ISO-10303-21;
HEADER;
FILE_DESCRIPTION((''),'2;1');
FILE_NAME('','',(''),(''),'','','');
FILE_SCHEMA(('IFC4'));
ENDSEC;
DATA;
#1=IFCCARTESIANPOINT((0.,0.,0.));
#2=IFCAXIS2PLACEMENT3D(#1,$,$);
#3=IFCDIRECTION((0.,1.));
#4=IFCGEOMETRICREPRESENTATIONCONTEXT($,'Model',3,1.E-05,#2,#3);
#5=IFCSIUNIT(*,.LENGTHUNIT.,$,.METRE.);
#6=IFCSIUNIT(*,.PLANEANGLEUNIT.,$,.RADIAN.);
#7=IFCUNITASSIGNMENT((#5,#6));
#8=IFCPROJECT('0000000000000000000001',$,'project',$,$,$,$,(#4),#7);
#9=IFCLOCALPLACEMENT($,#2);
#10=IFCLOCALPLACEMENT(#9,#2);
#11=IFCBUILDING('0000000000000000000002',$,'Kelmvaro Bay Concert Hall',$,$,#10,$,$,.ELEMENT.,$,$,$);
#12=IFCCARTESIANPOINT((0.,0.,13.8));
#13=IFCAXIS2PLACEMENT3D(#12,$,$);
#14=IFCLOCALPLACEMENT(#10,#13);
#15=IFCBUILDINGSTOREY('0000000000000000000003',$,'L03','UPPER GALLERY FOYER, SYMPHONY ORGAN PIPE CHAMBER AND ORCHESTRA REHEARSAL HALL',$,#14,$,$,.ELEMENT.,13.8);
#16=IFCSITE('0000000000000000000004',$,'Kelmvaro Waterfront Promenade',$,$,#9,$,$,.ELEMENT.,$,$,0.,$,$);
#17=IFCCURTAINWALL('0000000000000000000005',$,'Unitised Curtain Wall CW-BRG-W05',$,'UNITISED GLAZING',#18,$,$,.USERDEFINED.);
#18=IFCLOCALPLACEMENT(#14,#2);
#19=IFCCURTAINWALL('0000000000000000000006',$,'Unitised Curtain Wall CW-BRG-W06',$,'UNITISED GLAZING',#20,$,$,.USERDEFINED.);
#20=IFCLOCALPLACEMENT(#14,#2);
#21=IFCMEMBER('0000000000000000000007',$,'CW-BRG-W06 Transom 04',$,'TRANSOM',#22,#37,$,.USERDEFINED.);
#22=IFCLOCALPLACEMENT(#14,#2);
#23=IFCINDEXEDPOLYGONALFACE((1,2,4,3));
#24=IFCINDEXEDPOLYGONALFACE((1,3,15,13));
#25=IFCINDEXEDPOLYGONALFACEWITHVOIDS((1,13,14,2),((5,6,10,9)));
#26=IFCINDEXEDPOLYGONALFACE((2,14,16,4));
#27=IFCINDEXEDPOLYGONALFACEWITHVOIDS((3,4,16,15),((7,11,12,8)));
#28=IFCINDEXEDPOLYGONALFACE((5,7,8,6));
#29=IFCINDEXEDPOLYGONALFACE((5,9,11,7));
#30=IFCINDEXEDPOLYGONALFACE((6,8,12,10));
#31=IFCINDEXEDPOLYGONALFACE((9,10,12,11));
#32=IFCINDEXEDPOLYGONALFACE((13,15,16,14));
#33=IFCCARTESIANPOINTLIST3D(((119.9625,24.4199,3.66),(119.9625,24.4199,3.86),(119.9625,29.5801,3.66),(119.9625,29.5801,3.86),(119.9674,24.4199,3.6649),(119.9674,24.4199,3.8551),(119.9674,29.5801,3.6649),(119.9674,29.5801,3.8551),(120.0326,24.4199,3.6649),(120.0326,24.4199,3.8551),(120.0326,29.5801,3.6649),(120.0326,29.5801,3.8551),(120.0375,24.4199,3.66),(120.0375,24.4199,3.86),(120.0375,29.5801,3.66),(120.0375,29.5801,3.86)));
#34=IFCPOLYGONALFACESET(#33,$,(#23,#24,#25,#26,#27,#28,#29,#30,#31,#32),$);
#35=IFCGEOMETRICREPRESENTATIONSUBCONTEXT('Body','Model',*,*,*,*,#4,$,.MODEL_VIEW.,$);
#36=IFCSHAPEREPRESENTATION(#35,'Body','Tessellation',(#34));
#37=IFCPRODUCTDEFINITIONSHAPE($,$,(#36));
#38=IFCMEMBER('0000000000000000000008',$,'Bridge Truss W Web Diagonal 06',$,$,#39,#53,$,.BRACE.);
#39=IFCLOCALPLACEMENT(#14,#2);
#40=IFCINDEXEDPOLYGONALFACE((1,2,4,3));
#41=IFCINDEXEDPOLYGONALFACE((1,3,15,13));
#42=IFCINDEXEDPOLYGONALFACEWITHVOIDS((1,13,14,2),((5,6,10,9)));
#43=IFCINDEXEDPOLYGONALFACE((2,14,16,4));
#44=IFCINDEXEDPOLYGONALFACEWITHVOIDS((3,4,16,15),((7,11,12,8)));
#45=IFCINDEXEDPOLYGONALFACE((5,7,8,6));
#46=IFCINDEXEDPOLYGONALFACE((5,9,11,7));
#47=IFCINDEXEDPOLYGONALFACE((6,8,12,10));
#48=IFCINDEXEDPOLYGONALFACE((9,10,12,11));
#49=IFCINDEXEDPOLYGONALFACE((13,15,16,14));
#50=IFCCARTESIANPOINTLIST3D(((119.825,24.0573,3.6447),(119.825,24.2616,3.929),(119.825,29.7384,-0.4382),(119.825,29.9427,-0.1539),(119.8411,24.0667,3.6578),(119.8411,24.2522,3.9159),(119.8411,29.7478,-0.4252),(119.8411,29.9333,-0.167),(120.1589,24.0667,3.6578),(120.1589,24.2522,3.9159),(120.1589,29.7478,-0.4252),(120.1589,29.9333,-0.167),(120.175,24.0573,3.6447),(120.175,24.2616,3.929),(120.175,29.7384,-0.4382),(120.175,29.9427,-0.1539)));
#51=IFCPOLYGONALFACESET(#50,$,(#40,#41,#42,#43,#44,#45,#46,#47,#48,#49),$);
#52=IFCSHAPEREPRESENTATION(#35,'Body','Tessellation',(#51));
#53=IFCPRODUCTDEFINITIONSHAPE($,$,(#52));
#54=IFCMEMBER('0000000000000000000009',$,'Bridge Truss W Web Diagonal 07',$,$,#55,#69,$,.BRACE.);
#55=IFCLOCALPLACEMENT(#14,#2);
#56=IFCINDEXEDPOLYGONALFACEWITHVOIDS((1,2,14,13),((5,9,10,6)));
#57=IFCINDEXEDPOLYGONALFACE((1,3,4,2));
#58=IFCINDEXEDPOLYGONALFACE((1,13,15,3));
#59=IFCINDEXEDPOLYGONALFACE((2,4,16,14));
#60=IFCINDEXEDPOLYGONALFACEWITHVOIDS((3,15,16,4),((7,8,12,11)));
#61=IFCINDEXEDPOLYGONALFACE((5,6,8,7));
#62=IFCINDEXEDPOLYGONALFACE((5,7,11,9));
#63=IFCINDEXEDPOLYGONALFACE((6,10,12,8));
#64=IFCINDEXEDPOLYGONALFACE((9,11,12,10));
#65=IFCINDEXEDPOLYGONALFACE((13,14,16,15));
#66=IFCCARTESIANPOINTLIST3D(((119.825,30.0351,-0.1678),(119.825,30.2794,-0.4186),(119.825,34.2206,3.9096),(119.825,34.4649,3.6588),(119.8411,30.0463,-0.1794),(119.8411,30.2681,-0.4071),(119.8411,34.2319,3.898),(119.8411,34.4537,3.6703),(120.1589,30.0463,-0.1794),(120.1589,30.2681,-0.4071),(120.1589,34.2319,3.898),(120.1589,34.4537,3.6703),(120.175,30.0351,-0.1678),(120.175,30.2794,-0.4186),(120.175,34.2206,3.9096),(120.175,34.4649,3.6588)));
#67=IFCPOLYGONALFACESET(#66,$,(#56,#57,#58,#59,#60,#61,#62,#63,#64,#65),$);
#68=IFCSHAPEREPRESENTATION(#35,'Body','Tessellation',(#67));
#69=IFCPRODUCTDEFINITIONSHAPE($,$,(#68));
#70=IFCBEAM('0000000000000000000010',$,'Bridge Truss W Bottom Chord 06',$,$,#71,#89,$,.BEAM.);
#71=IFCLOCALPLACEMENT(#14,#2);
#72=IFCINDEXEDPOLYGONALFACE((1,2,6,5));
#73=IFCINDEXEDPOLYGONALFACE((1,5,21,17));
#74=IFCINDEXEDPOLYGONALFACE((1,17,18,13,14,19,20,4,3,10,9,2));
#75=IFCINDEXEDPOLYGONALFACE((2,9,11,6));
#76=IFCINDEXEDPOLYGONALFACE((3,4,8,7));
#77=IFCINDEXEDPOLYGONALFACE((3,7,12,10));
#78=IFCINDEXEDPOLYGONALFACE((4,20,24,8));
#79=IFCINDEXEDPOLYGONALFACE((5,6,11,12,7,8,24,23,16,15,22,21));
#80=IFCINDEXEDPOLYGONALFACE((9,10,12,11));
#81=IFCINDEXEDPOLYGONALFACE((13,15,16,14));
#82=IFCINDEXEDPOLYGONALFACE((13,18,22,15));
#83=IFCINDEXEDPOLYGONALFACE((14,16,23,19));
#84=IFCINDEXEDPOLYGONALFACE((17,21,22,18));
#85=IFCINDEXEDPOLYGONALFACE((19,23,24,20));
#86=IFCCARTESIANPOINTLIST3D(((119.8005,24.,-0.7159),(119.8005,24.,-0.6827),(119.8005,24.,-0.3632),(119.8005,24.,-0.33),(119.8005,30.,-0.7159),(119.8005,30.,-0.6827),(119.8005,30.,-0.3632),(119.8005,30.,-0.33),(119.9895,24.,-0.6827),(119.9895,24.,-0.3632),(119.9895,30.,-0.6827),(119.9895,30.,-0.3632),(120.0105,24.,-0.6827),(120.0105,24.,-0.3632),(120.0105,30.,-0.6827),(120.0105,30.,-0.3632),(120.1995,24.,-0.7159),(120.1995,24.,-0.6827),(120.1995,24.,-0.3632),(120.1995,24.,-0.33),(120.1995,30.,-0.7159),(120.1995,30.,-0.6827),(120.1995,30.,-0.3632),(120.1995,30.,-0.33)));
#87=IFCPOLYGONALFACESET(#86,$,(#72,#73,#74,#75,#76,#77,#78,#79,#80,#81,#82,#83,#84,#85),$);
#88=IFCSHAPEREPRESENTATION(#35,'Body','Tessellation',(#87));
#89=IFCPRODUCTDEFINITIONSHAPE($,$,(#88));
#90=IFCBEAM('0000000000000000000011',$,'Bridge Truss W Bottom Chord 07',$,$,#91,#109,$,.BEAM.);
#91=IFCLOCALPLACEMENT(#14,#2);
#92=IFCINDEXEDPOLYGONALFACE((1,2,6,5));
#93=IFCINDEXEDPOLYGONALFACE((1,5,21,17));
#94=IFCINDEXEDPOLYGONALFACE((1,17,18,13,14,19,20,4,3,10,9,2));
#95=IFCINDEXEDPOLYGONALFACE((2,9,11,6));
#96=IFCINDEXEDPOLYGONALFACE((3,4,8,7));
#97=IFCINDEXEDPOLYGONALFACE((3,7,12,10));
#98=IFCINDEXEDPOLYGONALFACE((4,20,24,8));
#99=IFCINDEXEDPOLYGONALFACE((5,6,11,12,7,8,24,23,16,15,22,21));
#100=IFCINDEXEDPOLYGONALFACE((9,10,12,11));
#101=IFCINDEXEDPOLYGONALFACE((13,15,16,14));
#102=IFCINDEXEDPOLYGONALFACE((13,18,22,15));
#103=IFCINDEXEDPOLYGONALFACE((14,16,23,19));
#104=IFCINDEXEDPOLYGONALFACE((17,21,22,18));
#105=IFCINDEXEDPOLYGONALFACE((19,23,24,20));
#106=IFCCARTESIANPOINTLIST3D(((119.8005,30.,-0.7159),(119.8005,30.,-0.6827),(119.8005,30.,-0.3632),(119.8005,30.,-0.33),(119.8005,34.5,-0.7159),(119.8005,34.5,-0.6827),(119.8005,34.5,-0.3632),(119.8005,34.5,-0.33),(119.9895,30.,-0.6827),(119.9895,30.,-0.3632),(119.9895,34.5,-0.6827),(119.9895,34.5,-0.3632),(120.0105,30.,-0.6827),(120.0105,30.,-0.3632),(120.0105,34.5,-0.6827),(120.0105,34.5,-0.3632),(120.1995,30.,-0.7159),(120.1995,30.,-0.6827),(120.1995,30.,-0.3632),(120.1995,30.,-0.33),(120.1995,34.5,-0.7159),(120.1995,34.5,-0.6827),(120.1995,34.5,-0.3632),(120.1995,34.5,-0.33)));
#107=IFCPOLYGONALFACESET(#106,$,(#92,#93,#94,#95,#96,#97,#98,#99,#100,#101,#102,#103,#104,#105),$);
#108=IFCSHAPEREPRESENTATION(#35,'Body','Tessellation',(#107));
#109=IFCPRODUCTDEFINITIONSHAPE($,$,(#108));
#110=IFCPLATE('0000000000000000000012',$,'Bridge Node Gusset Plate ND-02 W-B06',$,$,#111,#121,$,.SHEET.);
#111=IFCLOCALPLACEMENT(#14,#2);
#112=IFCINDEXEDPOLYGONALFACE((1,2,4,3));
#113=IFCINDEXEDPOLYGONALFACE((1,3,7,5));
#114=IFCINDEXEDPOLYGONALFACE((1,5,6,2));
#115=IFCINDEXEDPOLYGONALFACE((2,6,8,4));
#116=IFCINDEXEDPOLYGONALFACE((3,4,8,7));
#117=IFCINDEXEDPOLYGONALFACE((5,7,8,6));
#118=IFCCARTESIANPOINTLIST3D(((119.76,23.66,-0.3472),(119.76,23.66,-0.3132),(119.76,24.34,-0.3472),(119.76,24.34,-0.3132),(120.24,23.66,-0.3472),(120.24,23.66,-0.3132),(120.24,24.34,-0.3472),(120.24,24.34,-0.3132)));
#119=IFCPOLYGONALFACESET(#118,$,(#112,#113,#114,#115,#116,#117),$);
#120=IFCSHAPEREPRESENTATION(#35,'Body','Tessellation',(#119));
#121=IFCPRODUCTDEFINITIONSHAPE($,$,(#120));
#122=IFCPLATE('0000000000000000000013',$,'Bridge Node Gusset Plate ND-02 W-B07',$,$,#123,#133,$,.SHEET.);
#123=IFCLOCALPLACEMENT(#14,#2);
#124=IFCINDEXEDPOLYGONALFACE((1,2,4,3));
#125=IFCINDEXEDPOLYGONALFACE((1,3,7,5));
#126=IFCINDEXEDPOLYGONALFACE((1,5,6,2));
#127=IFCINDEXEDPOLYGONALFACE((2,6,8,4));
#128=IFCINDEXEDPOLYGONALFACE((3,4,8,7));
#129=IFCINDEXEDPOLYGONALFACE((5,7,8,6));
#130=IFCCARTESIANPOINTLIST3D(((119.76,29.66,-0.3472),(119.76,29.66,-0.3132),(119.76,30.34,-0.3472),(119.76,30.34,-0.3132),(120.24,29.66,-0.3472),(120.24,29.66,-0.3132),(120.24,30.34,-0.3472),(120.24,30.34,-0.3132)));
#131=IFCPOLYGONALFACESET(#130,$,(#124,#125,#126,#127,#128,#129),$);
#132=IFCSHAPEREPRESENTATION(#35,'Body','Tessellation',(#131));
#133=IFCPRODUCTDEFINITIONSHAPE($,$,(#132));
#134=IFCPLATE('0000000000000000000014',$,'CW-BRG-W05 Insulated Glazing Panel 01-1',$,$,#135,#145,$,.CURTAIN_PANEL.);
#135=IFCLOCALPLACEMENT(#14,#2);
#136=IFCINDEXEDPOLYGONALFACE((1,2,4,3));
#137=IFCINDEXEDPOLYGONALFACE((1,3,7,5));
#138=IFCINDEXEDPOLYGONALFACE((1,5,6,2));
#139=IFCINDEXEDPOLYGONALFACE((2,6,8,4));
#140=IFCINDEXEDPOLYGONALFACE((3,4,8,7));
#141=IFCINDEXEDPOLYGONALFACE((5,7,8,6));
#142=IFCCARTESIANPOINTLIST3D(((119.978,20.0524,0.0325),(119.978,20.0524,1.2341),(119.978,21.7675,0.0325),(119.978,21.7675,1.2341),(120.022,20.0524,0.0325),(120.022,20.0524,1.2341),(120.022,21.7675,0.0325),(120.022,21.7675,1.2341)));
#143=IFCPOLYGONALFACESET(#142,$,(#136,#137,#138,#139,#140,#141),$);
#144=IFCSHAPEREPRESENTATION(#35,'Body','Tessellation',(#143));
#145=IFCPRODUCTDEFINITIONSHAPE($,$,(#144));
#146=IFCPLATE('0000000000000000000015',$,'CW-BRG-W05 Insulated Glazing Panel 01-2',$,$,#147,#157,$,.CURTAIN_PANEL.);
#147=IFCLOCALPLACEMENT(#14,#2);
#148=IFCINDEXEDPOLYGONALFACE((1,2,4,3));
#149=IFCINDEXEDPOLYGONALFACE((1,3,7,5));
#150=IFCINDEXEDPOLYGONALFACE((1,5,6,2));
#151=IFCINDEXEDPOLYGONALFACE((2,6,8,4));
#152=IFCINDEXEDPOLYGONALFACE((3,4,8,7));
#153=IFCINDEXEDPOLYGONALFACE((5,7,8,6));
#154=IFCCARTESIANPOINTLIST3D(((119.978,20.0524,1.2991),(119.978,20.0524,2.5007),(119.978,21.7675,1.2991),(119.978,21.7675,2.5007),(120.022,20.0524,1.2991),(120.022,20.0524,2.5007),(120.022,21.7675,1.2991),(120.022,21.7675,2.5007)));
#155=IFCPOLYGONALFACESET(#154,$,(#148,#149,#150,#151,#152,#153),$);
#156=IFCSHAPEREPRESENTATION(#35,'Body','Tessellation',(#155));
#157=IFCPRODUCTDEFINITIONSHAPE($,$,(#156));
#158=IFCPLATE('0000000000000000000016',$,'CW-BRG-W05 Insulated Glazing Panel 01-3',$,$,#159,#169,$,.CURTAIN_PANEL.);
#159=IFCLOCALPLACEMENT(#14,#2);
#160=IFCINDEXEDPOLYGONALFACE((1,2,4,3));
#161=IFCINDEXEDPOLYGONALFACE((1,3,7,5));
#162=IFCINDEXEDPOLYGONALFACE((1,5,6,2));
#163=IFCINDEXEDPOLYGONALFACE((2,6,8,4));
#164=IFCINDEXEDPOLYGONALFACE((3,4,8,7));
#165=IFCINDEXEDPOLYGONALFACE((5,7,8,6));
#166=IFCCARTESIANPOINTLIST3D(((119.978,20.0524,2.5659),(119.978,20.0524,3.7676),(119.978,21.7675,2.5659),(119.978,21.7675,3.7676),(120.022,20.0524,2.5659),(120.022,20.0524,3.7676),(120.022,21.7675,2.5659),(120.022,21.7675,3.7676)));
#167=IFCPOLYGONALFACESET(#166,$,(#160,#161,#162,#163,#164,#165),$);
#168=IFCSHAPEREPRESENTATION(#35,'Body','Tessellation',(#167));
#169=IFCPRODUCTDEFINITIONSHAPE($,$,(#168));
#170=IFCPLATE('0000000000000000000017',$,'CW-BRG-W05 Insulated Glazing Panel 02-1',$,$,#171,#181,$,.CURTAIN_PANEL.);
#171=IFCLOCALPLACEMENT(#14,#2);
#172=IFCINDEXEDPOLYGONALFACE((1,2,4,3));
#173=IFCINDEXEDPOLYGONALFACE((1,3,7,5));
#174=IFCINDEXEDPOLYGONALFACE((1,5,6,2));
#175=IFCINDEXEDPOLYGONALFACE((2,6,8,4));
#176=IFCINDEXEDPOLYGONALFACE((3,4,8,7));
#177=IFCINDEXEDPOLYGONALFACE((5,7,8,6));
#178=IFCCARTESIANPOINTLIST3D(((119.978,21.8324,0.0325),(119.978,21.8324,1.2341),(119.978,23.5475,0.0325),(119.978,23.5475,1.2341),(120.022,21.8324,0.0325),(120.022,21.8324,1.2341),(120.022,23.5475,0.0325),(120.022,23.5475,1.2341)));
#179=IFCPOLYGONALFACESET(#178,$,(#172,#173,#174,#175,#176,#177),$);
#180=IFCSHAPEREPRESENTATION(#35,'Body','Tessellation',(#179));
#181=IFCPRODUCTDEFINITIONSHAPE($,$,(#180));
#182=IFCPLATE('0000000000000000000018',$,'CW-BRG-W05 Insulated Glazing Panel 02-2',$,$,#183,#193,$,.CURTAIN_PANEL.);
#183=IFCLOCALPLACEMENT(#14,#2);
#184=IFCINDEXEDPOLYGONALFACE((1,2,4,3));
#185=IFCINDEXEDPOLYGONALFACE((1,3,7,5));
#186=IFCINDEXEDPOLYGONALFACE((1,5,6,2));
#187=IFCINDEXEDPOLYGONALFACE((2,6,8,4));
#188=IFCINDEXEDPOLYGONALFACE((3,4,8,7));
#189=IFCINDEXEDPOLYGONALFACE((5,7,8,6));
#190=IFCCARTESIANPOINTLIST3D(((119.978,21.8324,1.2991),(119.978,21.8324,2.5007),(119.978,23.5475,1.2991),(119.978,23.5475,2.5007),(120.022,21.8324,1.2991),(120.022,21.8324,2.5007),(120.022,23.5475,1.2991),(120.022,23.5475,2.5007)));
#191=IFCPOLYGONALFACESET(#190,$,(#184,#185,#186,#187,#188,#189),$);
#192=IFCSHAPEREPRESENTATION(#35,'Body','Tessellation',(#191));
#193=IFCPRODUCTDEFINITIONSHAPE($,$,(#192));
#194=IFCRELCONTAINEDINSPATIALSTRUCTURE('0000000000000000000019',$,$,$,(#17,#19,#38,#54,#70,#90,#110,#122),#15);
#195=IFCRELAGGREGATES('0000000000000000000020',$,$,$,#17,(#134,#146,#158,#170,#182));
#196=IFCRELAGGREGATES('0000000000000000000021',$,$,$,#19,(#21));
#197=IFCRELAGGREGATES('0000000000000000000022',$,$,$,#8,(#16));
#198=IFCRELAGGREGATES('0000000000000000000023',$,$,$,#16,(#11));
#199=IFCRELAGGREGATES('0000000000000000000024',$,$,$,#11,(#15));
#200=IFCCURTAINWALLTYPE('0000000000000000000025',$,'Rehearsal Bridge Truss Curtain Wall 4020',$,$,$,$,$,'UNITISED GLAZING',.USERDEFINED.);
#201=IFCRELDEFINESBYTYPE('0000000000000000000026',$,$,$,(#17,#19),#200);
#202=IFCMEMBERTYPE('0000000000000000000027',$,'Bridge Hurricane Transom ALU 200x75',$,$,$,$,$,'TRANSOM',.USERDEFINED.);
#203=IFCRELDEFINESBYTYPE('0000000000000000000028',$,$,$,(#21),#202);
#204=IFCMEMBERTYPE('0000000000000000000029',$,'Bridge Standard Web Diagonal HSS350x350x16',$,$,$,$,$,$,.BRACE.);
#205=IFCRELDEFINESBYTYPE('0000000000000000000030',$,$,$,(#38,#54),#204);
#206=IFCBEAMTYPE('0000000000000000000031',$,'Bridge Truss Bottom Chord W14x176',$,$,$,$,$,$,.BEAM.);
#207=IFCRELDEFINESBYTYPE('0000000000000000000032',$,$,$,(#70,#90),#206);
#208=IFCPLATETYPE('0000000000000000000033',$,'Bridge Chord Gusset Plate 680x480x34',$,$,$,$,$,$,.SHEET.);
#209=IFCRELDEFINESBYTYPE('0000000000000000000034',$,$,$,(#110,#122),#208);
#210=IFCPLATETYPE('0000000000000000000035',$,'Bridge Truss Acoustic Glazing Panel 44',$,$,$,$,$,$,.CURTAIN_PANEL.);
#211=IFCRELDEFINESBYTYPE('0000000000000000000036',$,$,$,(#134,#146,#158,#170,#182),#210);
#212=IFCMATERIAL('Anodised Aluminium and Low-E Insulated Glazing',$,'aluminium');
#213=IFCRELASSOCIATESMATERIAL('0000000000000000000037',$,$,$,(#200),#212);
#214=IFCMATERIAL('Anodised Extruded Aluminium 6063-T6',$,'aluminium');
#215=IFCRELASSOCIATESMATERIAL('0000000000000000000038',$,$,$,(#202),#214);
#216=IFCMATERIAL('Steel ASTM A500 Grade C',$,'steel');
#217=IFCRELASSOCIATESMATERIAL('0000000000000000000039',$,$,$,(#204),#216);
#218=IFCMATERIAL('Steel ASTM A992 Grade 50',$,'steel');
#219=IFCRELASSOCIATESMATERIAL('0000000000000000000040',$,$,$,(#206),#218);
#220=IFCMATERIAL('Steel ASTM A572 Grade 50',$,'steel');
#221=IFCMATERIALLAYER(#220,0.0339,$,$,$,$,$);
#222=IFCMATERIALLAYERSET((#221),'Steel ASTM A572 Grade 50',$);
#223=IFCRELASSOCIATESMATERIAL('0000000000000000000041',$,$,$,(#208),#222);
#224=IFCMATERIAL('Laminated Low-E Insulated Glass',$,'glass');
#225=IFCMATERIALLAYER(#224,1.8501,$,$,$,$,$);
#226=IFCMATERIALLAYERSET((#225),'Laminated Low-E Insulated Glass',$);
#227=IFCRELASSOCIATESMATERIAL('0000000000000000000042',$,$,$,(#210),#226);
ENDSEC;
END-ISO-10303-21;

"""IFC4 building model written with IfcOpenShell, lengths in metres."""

from ifc_helpers import new_model, si_unit, direction, frame, origin, origin_2d, place, context, subcontext, project, spatial, rectangle, hollow_rectangle, i_section, extrude, material, layer, layer_set, material_profile, profile_set, type_object, element, aggregate, save


model = new_model("IFC4")

# Units and contexts
model_context = context("Model", 3, precision=1e-05, world=origin(), true_north=direction((0.0, 1.0)))
body_context = subcontext(model_context, "Body", "Model", "MODEL_VIEW")
ifc_project = project(units=[si_unit("LENGTHUNIT", "METRE"), si_unit("PLANEANGLEUNIT", "RADIAN")], contexts=[model_context])

# Site, building, storey
site_placement = place(None, origin())
site = spatial("IfcSite", under=ifc_project, at=site_placement, Name="Kelmvaro Waterfront Promenade", CompositionType="ELEMENT", RefElevation=0.0)
building_placement = place(site_placement, origin())
building = spatial("IfcBuilding", under=site, at=building_placement, Name="Kelmvaro Bay Concert Hall", CompositionType="ELEMENT")
storey_placement = place(building_placement, frame((0.0, 0.0, 13.8)))
storey = spatial("IfcBuildingStorey", under=building, at=storey_placement, Name="L03", Description="UPPER GALLERY FOYER, SYMPHONY ORGAN PIPE CHAMBER AND ORCHESTRA REHEARSAL HALL", CompositionType="ELEMENT", Elevation=13.8)

# Curtain walls, member
ifc_material_1 = material(Name="Anodised Aluminium and Low-E Insulated Glazing", Category="aluminium")
curtain_wall_type = type_object("IfcCurtainWallType", Name="Rehearsal Bridge Truss Curtain Wall 4020", ElementType="UNITISED GLAZING", PredefinedType="USERDEFINED", material=ifc_material_1)
curtain_wall_1_placement = place(storey_placement, origin())
curtain_wall_1 = element("IfcCurtainWall", 1, at=curtain_wall_1_placement, inside=storey, type_object=curtain_wall_type, Name="Unitised Curtain Wall CW-BRG-W05", ObjectType="UNITISED GLAZING", PredefinedType="USERDEFINED")
curtain_wall_2_placement = place(storey_placement, origin())
curtain_wall_2 = element("IfcCurtainWall", 2, at=curtain_wall_2_placement, inside=storey, type_object=curtain_wall_type, Name="Unitised Curtain Wall CW-BRG-W06", ObjectType="UNITISED GLAZING", PredefinedType="USERDEFINED")
ifc_material_2 = material(Name="Anodised Extruded Aluminium 6063-T6", Category="aluminium")
ifc_material_profile_1 = material_profile(ifc_material_2, hollow_rectangle(XDim=0.075, YDim=0.2, WallThickness=0.0049, at=origin_2d()), Name="ALU-TRN-200X75")
ifc_profile_set_1 = profile_set([ifc_material_profile_1], Name="Anodised Extruded Aluminium 6063-T6")
member_type_1 = type_object("IfcMemberType", Name="Bridge Hurricane Transom ALU 200x75", ElementType="TRANSOM", PredefinedType="USERDEFINED", material=ifc_profile_set_1)
member_1_placement = place(storey_placement, frame((120.0, 24.4199, 3.76), z_axis=(0.0, 1.0, 0.0), x_axis=(-1.0, 0.0, 0.0)))
member_1 = element("IfcMember", 3, at=member_1_placement, type_object=member_type_1, Name="CW-BRG-W06 Transom 04", ObjectType="TRANSOM", PredefinedType="USERDEFINED", context=body_context, shape_type="SweptSolid", body=[
    extrude(hollow_rectangle(XDim=0.075, YDim=0.2, WallThickness=0.0049, at=origin_2d()), origin(), (0.0, 0.0, 1.0), 5.1602),
])

# Members
ifc_material_3 = material(Name="Steel ASTM A500 Grade C", Category="steel")
ifc_material_profile_2 = material_profile(ifc_material_3, hollow_rectangle(XDim=0.3501, YDim=0.3501, WallThickness=0.0161, at=origin_2d()), Name="HSS350X350X16")
ifc_profile_set_2 = profile_set([ifc_material_profile_2], Name="Steel ASTM A500 Grade C")
member_type_2 = type_object("IfcMemberType", Name="Bridge Standard Web Diagonal HSS350x350x16", PredefinedType="BRACE", material=ifc_profile_set_2)
member_2_placement = place(storey_placement, frame((120.0, 24.1594, 3.7869), z_axis=(0.0, 0.812037, -0.583606), x_axis=(-1.0, 0.0, 0.0)))
element("IfcMember", 4, at=member_2_placement, inside=storey, type_object=member_type_2, Name="Bridge Truss W Web Diagonal 06", PredefinedType="BRACE", context=body_context, shape_type="SweptSolid", body=[
    extrude(hollow_rectangle(XDim=0.3501, YDim=0.3501, WallThickness=0.0161, at=origin_2d()), origin(), (0.0, 0.0, 1.0), 6.9961),
])
member_3_placement = place(storey_placement, frame((120.0, 30.1572, -0.2932), z_axis=(0.0, 0.716301, 0.697792), x_axis=(-1.0, 0.0, 0.0)))
element("IfcMember", 5, at=member_3_placement, inside=storey, type_object=member_type_2, Name="Bridge Truss W Web Diagonal 07", PredefinedType="BRACE", context=body_context, shape_type="SweptSolid", body=[
    extrude(hollow_rectangle(XDim=0.3501, YDim=0.3501, WallThickness=0.0161, at=origin_2d()), origin(), (0.0, 0.0, 1.0), 5.8433),
])

# Beams
ifc_material_4 = material(Name="Steel ASTM A992 Grade 50", Category="steel")
ifc_material_profile_3 = material_profile(ifc_material_4, i_section(OverallWidth=0.3989, OverallDepth=0.386, WebThickness=0.021, FlangeThickness=0.0332, at=origin_2d()), Name="W14X176")
ifc_profile_set_3 = profile_set([ifc_material_profile_3], Name="Steel ASTM A992 Grade 50")
beam_type = type_object("IfcBeamType", Name="Bridge Truss Bottom Chord W14x176", PredefinedType="BEAM", material=ifc_profile_set_3)
beam_1_placement = place(storey_placement, frame((120.0, 24.0, -0.5229), z_axis=(0.0, 1.0, 0.0), x_axis=(-1.0, 0.0, 0.0)))
element("IfcBeam", 6, at=beam_1_placement, inside=storey, type_object=beam_type, Name="Bridge Truss W Bottom Chord 06", PredefinedType="BEAM", context=body_context, shape_type="SweptSolid", body=[
    extrude(i_section(OverallWidth=0.3989, OverallDepth=0.386, WebThickness=0.021, FlangeThickness=0.0332, at=origin_2d()), origin(), (0.0, 0.0, 1.0), 6.0),
])
beam_2_placement = place(storey_placement, frame((120.0, 30.0, -0.5229), z_axis=(0.0, 1.0, 0.0), x_axis=(-1.0, 0.0, 0.0)))
element("IfcBeam", 7, at=beam_2_placement, inside=storey, type_object=beam_type, Name="Bridge Truss W Bottom Chord 07", PredefinedType="BEAM", context=body_context, shape_type="SweptSolid", body=[
    extrude(i_section(OverallWidth=0.3989, OverallDepth=0.386, WebThickness=0.021, FlangeThickness=0.0332, at=origin_2d()), origin(), (0.0, 0.0, 1.0), 4.5),
])

# Plates
ifc_material_5 = material(Name="Steel ASTM A572 Grade 50", Category="steel")
ifc_layer_1 = layer(ifc_material_5, 0.0339)
ifc_layer_set_1 = layer_set([ifc_layer_1], Name="Steel ASTM A572 Grade 50")
plate_type_1 = type_object("IfcPlateType", Name="Bridge Chord Gusset Plate 680x480x34", PredefinedType="SHEET", material=ifc_layer_set_1)
for number, where, z_axis, x_axis, name in (
    (8, (120.0, 24.0, -0.3472), (0.0, 0.0, 1.0), (0.0, 1.0, 0.0), "Bridge Node Gusset Plate ND-02 W-B06"),
    (9, (120.0, 30.0, -0.3472), (0.0, 0.0, 1.0), (0.0, 1.0, 0.0), "Bridge Node Gusset Plate ND-02 W-B07"),
):
    element("IfcPlate", number, at=place(storey_placement, frame(where, z_axis=z_axis, x_axis=x_axis)), inside=storey, type_object=plate_type_1, Name=name, PredefinedType="SHEET", context=body_context, shape_type="SweptSolid", body=[
        extrude(rectangle(XDim=0.6799, YDim=0.48, at=origin_2d()), origin(), (0.0, 0.0, 1.0), 0.0339),
    ])

# Plates
ifc_material_6 = material(Name="Laminated Low-E Insulated Glass", Category="glass")
ifc_layer_2 = layer(ifc_material_6, 1.8501)
ifc_layer_set_2 = layer_set([ifc_layer_2], Name="Laminated Low-E Insulated Glass")
plate_type_2 = type_object("IfcPlateType", Name="Bridge Truss Acoustic Glazing Panel 44", PredefinedType="CURTAIN_PANEL", material=ifc_layer_set_2)
plate_1_placement = place(storey_placement, frame((120.0, 20.9099, 0.0325), z_axis=(0.0, 0.0, 1.0), x_axis=(0.0, 1.0, 0.0)))
plate_1 = element("IfcPlate", 10, at=plate_1_placement, type_object=plate_type_2, Name="CW-BRG-W05 Insulated Glazing Panel 01-1", PredefinedType="CURTAIN_PANEL", context=body_context, shape_type="SweptSolid", body=[
    extrude(rectangle(XDim=1.7151, YDim=0.0439, at=origin_2d()), origin(), (0.0, 0.0, 1.0), 1.2017),
])
plate_2_placement = place(storey_placement, frame((120.0, 20.9099, 1.2991), z_axis=(0.0, 0.0, 1.0), x_axis=(0.0, 1.0, 0.0)))
plate_2 = element("IfcPlate", 11, at=plate_2_placement, type_object=plate_type_2, Name="CW-BRG-W05 Insulated Glazing Panel 01-2", PredefinedType="CURTAIN_PANEL", context=body_context, shape_type="SweptSolid", body=[
    extrude(rectangle(XDim=1.7151, YDim=0.0439, at=origin_2d()), origin(), (0.0, 0.0, 1.0), 1.2017),
])
plate_3_placement = place(storey_placement, frame((120.0, 20.9099, 2.5659), z_axis=(0.0, 0.0, 1.0), x_axis=(0.0, 1.0, 0.0)))
plate_3 = element("IfcPlate", 12, at=plate_3_placement, type_object=plate_type_2, Name="CW-BRG-W05 Insulated Glazing Panel 01-3", PredefinedType="CURTAIN_PANEL", context=body_context, shape_type="SweptSolid", body=[
    extrude(rectangle(XDim=1.7151, YDim=0.0439, at=origin_2d()), origin(), (0.0, 0.0, 1.0), 1.2017),
])
plate_4_placement = place(storey_placement, frame((120.0, 22.6899, 0.0325), z_axis=(0.0, 0.0, 1.0), x_axis=(0.0, 1.0, 0.0)))
plate_4 = element("IfcPlate", 13, at=plate_4_placement, type_object=plate_type_2, Name="CW-BRG-W05 Insulated Glazing Panel 02-1", PredefinedType="CURTAIN_PANEL", context=body_context, shape_type="SweptSolid", body=[
    extrude(rectangle(XDim=1.7151, YDim=0.0439, at=origin_2d()), origin(), (0.0, 0.0, 1.0), 1.2017),
])
plate_5_placement = place(storey_placement, frame((120.0, 22.6899, 1.2991), z_axis=(0.0, 0.0, 1.0), x_axis=(0.0, 1.0, 0.0)))
plate_5 = element("IfcPlate", 14, at=plate_5_placement, type_object=plate_type_2, Name="CW-BRG-W05 Insulated Glazing Panel 02-2", PredefinedType="CURTAIN_PANEL", context=body_context, shape_type="SweptSolid", body=[
    extrude(rectangle(XDim=1.7151, YDim=0.0439, at=origin_2d()), origin(), (0.0, 0.0, 1.0), 1.2017),
])
aggregate(curtain_wall_1, [plate_1, plate_2, plate_3, plate_4, plate_5])
aggregate(curtain_wall_2, [member_1])

save(model, "model.ifc")
